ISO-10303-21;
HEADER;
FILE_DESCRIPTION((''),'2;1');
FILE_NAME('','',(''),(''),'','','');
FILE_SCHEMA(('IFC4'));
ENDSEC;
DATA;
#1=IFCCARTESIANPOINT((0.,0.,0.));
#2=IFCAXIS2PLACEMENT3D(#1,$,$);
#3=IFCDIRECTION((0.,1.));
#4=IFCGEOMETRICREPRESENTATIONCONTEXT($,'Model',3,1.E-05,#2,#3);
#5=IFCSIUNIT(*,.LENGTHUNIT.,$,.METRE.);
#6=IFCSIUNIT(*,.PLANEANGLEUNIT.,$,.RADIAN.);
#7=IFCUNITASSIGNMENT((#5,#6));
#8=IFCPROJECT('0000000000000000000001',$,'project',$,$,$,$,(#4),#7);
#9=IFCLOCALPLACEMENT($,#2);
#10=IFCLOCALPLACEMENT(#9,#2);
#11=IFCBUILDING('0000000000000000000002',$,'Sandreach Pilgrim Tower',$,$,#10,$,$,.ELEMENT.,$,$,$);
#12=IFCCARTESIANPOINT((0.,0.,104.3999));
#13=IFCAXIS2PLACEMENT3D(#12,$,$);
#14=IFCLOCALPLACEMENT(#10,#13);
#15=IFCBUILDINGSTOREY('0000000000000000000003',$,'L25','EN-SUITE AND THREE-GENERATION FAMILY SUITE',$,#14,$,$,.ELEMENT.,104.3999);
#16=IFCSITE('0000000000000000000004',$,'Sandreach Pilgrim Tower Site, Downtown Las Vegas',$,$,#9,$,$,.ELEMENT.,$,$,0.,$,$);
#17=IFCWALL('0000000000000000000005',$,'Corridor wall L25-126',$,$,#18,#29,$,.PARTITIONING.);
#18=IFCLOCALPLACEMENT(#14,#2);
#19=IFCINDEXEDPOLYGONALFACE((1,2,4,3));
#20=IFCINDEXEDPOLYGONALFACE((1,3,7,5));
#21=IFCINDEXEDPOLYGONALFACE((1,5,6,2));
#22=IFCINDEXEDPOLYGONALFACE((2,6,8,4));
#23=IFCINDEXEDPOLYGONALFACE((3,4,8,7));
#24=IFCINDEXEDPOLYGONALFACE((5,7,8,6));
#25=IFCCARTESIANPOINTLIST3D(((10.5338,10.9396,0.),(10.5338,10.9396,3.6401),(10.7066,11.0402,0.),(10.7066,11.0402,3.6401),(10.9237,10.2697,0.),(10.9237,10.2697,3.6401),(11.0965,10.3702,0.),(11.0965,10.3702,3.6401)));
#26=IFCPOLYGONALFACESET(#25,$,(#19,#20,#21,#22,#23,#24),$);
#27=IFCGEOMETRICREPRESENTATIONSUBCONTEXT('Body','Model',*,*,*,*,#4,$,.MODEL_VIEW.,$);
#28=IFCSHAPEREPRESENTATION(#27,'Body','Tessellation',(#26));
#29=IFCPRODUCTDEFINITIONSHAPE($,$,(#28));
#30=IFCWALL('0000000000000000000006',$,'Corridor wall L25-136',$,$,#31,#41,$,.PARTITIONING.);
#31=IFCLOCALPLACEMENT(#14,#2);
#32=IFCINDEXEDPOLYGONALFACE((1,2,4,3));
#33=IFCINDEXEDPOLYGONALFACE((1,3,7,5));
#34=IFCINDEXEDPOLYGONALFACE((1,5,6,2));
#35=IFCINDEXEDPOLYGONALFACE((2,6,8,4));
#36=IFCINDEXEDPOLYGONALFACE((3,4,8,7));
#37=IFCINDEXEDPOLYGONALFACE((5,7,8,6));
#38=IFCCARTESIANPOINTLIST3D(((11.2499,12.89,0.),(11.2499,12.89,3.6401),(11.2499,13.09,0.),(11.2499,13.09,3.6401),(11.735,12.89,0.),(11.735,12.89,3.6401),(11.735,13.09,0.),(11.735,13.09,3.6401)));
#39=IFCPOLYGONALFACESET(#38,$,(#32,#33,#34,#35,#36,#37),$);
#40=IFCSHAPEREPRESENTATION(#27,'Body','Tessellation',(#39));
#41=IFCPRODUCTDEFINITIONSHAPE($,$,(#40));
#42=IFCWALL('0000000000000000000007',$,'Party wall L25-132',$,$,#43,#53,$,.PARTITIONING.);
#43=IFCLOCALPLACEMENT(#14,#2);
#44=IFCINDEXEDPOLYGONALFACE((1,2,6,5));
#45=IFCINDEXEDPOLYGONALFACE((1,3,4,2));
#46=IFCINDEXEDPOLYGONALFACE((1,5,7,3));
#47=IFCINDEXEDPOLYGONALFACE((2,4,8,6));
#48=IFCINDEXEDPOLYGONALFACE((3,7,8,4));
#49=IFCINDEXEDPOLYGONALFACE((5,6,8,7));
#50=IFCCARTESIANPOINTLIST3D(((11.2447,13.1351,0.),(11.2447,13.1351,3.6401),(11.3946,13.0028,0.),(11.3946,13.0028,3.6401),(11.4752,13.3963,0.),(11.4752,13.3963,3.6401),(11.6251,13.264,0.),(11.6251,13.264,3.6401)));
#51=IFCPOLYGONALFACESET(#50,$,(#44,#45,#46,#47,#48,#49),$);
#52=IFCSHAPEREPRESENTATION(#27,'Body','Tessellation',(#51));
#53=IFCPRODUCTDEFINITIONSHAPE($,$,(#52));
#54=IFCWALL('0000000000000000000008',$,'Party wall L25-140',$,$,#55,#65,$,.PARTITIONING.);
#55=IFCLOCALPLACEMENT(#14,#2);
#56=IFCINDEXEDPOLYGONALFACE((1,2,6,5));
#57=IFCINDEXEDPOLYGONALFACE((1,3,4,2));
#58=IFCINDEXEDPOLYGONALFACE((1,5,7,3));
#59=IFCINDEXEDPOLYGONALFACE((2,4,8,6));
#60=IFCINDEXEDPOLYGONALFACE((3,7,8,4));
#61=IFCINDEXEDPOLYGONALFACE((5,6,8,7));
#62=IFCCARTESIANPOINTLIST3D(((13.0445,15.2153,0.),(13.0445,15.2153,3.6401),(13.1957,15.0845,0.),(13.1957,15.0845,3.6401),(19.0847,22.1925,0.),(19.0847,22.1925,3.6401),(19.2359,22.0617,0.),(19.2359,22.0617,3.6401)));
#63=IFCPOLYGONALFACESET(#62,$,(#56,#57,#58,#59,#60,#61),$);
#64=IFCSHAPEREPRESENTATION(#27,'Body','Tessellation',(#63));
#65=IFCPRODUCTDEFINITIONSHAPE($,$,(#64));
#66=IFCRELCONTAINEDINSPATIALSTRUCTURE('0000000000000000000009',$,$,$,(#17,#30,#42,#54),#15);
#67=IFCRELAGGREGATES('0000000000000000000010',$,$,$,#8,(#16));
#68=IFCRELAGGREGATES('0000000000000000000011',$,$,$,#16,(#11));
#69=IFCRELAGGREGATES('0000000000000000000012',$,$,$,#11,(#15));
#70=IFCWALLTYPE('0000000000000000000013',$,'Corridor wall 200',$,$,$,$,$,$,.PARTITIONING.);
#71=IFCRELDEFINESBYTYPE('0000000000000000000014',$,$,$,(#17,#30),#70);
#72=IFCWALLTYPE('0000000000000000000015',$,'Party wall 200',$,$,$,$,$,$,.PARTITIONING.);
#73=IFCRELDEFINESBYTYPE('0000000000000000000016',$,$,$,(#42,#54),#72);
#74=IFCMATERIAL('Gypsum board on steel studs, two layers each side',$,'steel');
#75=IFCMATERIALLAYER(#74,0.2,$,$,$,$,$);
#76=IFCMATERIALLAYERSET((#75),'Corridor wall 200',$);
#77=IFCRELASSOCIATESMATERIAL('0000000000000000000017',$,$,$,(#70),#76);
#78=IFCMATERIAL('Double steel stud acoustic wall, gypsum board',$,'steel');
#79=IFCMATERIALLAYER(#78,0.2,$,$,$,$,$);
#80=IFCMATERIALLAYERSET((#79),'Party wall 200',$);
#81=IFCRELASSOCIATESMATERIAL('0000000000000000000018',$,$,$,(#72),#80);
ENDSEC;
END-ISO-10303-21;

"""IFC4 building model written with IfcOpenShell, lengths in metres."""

from ifc_helpers import new_model, si_unit, direction, frame, frame_2d, origin, place, context, subcontext, project, spatial, rectangle, extrude, material, layer, layer_set, type_object, element, save


model = new_model("IFC4")

# Units and contexts
model_context = context("Model", 3, precision=1e-05, world=origin(), true_north=direction((0.0, 1.0)))
body_context = subcontext(model_context, "Body", "Model", "MODEL_VIEW")
ifc_project = project(units=[si_unit("LENGTHUNIT", "METRE"), si_unit("PLANEANGLEUNIT", "RADIAN")], contexts=[model_context])

# Site, building, storey
site_placement = place(None, origin())
site = spatial("IfcSite", under=ifc_project, at=site_placement, Name="Sandreach Pilgrim Tower Site, Downtown Las Vegas", CompositionType="ELEMENT", RefElevation=0.0)
building_placement = place(site_placement, origin())
building = spatial("IfcBuilding", under=site, at=building_placement, Name="Sandreach Pilgrim Tower", CompositionType="ELEMENT")
storey_placement = place(building_placement, frame((0.0, 0.0, 104.3999)))
storey = spatial("IfcBuildingStorey", under=building, at=storey_placement, Name="L25", Description="EN-SUITE AND THREE-GENERATION FAMILY SUITE", CompositionType="ELEMENT", Elevation=104.3999)

# Wall
ifc_material_1 = material(Name="Gypsum board on steel studs, two layers each side", Category="steel")
ifc_layer_1 = layer(ifc_material_1, 0.2)
ifc_layer_set_1 = layer_set([ifc_layer_1], Name="Corridor wall 200")
wall_type_1 = type_object("IfcWallType", Name="Corridor wall 200", PredefinedType="PARTITIONING", material=ifc_layer_set_1)
wall_1_placement = place(storey_placement, frame((10.6201, 10.99, 0.0), z_axis=(0.0, 0.0, 1.0), x_axis=(0.503009, -0.864281, 0.0)))
element("IfcWall", 1, at=wall_1_placement, inside=storey, type_object=wall_type_1, Name="Corridor wall L25-126", PredefinedType="PARTITIONING", context=body_context, shape_type="SweptSolid", body=[
    extrude(rectangle(XDim=0.7751, YDim=0.2, at=frame_2d((0.3877, 0.0))), origin(), (0.0, 0.0, 1.0), 3.6401),
])

# Walls
wall_2_placement = place(storey_placement, frame((11.7351, 12.99, 0.0), z_axis=(0.0, 0.0, 1.0), x_axis=(-1.0, 0.0, 0.0)))
element("IfcWall", 2, at=wall_2_placement, inside=storey, type_object=wall_type_1, Name="Corridor wall L25-136", PredefinedType="PARTITIONING", context=body_context, shape_type="SweptSolid", body=[
    extrude(rectangle(XDim=0.4851, YDim=0.2, at=frame_2d((0.2427, 0.0))), origin(), (0.0, 0.0, 1.0), 3.6401),
])
ifc_material_2 = material(Name="Double steel stud acoustic wall, gypsum board", Category="steel")
ifc_layer_2 = layer(ifc_material_2, 0.2)
ifc_layer_set_2 = layer_set([ifc_layer_2], Name="Party wall 200")
wall_type_2 = type_object("IfcWallType", Name="Party wall 200", PredefinedType="PARTITIONING", material=ifc_layer_set_2)
wall_3_placement = place(storey_placement, frame((11.3196, 13.0688, 0.0), z_axis=(0.0, 0.0, 1.0), x_axis=(0.661575, 0.749879, 0.0)))
element("IfcWall", 3, at=wall_3_placement, inside=storey, type_object=wall_type_2, Name="Party wall L25-132", PredefinedType="PARTITIONING", context=body_context, shape_type="SweptSolid", body=[
    extrude(rectangle(XDim=0.3484, YDim=0.2, at=frame_2d((0.1743, 0.0))), origin(), (0.0, 0.0, 1.0), 3.6401),
])
wall_4_placement = place(storey_placement, frame((13.1201, 15.1499, 0.0), z_axis=(0.0, 0.0, 1.0), x_axis=(0.654515, 0.756049, 0.0)))
element("IfcWall", 4, at=wall_4_placement, inside=storey, type_object=wall_type_2, Name="Party wall L25-140", PredefinedType="PARTITIONING", context=body_context, shape_type="SweptSolid", body=[
    extrude(rectangle(XDim=9.2285, YDim=0.2, at=frame_2d((4.6143, 0.0))), origin(), (0.0, 0.0, 1.0), 3.6401),
])

save(model, "model.ifc")
